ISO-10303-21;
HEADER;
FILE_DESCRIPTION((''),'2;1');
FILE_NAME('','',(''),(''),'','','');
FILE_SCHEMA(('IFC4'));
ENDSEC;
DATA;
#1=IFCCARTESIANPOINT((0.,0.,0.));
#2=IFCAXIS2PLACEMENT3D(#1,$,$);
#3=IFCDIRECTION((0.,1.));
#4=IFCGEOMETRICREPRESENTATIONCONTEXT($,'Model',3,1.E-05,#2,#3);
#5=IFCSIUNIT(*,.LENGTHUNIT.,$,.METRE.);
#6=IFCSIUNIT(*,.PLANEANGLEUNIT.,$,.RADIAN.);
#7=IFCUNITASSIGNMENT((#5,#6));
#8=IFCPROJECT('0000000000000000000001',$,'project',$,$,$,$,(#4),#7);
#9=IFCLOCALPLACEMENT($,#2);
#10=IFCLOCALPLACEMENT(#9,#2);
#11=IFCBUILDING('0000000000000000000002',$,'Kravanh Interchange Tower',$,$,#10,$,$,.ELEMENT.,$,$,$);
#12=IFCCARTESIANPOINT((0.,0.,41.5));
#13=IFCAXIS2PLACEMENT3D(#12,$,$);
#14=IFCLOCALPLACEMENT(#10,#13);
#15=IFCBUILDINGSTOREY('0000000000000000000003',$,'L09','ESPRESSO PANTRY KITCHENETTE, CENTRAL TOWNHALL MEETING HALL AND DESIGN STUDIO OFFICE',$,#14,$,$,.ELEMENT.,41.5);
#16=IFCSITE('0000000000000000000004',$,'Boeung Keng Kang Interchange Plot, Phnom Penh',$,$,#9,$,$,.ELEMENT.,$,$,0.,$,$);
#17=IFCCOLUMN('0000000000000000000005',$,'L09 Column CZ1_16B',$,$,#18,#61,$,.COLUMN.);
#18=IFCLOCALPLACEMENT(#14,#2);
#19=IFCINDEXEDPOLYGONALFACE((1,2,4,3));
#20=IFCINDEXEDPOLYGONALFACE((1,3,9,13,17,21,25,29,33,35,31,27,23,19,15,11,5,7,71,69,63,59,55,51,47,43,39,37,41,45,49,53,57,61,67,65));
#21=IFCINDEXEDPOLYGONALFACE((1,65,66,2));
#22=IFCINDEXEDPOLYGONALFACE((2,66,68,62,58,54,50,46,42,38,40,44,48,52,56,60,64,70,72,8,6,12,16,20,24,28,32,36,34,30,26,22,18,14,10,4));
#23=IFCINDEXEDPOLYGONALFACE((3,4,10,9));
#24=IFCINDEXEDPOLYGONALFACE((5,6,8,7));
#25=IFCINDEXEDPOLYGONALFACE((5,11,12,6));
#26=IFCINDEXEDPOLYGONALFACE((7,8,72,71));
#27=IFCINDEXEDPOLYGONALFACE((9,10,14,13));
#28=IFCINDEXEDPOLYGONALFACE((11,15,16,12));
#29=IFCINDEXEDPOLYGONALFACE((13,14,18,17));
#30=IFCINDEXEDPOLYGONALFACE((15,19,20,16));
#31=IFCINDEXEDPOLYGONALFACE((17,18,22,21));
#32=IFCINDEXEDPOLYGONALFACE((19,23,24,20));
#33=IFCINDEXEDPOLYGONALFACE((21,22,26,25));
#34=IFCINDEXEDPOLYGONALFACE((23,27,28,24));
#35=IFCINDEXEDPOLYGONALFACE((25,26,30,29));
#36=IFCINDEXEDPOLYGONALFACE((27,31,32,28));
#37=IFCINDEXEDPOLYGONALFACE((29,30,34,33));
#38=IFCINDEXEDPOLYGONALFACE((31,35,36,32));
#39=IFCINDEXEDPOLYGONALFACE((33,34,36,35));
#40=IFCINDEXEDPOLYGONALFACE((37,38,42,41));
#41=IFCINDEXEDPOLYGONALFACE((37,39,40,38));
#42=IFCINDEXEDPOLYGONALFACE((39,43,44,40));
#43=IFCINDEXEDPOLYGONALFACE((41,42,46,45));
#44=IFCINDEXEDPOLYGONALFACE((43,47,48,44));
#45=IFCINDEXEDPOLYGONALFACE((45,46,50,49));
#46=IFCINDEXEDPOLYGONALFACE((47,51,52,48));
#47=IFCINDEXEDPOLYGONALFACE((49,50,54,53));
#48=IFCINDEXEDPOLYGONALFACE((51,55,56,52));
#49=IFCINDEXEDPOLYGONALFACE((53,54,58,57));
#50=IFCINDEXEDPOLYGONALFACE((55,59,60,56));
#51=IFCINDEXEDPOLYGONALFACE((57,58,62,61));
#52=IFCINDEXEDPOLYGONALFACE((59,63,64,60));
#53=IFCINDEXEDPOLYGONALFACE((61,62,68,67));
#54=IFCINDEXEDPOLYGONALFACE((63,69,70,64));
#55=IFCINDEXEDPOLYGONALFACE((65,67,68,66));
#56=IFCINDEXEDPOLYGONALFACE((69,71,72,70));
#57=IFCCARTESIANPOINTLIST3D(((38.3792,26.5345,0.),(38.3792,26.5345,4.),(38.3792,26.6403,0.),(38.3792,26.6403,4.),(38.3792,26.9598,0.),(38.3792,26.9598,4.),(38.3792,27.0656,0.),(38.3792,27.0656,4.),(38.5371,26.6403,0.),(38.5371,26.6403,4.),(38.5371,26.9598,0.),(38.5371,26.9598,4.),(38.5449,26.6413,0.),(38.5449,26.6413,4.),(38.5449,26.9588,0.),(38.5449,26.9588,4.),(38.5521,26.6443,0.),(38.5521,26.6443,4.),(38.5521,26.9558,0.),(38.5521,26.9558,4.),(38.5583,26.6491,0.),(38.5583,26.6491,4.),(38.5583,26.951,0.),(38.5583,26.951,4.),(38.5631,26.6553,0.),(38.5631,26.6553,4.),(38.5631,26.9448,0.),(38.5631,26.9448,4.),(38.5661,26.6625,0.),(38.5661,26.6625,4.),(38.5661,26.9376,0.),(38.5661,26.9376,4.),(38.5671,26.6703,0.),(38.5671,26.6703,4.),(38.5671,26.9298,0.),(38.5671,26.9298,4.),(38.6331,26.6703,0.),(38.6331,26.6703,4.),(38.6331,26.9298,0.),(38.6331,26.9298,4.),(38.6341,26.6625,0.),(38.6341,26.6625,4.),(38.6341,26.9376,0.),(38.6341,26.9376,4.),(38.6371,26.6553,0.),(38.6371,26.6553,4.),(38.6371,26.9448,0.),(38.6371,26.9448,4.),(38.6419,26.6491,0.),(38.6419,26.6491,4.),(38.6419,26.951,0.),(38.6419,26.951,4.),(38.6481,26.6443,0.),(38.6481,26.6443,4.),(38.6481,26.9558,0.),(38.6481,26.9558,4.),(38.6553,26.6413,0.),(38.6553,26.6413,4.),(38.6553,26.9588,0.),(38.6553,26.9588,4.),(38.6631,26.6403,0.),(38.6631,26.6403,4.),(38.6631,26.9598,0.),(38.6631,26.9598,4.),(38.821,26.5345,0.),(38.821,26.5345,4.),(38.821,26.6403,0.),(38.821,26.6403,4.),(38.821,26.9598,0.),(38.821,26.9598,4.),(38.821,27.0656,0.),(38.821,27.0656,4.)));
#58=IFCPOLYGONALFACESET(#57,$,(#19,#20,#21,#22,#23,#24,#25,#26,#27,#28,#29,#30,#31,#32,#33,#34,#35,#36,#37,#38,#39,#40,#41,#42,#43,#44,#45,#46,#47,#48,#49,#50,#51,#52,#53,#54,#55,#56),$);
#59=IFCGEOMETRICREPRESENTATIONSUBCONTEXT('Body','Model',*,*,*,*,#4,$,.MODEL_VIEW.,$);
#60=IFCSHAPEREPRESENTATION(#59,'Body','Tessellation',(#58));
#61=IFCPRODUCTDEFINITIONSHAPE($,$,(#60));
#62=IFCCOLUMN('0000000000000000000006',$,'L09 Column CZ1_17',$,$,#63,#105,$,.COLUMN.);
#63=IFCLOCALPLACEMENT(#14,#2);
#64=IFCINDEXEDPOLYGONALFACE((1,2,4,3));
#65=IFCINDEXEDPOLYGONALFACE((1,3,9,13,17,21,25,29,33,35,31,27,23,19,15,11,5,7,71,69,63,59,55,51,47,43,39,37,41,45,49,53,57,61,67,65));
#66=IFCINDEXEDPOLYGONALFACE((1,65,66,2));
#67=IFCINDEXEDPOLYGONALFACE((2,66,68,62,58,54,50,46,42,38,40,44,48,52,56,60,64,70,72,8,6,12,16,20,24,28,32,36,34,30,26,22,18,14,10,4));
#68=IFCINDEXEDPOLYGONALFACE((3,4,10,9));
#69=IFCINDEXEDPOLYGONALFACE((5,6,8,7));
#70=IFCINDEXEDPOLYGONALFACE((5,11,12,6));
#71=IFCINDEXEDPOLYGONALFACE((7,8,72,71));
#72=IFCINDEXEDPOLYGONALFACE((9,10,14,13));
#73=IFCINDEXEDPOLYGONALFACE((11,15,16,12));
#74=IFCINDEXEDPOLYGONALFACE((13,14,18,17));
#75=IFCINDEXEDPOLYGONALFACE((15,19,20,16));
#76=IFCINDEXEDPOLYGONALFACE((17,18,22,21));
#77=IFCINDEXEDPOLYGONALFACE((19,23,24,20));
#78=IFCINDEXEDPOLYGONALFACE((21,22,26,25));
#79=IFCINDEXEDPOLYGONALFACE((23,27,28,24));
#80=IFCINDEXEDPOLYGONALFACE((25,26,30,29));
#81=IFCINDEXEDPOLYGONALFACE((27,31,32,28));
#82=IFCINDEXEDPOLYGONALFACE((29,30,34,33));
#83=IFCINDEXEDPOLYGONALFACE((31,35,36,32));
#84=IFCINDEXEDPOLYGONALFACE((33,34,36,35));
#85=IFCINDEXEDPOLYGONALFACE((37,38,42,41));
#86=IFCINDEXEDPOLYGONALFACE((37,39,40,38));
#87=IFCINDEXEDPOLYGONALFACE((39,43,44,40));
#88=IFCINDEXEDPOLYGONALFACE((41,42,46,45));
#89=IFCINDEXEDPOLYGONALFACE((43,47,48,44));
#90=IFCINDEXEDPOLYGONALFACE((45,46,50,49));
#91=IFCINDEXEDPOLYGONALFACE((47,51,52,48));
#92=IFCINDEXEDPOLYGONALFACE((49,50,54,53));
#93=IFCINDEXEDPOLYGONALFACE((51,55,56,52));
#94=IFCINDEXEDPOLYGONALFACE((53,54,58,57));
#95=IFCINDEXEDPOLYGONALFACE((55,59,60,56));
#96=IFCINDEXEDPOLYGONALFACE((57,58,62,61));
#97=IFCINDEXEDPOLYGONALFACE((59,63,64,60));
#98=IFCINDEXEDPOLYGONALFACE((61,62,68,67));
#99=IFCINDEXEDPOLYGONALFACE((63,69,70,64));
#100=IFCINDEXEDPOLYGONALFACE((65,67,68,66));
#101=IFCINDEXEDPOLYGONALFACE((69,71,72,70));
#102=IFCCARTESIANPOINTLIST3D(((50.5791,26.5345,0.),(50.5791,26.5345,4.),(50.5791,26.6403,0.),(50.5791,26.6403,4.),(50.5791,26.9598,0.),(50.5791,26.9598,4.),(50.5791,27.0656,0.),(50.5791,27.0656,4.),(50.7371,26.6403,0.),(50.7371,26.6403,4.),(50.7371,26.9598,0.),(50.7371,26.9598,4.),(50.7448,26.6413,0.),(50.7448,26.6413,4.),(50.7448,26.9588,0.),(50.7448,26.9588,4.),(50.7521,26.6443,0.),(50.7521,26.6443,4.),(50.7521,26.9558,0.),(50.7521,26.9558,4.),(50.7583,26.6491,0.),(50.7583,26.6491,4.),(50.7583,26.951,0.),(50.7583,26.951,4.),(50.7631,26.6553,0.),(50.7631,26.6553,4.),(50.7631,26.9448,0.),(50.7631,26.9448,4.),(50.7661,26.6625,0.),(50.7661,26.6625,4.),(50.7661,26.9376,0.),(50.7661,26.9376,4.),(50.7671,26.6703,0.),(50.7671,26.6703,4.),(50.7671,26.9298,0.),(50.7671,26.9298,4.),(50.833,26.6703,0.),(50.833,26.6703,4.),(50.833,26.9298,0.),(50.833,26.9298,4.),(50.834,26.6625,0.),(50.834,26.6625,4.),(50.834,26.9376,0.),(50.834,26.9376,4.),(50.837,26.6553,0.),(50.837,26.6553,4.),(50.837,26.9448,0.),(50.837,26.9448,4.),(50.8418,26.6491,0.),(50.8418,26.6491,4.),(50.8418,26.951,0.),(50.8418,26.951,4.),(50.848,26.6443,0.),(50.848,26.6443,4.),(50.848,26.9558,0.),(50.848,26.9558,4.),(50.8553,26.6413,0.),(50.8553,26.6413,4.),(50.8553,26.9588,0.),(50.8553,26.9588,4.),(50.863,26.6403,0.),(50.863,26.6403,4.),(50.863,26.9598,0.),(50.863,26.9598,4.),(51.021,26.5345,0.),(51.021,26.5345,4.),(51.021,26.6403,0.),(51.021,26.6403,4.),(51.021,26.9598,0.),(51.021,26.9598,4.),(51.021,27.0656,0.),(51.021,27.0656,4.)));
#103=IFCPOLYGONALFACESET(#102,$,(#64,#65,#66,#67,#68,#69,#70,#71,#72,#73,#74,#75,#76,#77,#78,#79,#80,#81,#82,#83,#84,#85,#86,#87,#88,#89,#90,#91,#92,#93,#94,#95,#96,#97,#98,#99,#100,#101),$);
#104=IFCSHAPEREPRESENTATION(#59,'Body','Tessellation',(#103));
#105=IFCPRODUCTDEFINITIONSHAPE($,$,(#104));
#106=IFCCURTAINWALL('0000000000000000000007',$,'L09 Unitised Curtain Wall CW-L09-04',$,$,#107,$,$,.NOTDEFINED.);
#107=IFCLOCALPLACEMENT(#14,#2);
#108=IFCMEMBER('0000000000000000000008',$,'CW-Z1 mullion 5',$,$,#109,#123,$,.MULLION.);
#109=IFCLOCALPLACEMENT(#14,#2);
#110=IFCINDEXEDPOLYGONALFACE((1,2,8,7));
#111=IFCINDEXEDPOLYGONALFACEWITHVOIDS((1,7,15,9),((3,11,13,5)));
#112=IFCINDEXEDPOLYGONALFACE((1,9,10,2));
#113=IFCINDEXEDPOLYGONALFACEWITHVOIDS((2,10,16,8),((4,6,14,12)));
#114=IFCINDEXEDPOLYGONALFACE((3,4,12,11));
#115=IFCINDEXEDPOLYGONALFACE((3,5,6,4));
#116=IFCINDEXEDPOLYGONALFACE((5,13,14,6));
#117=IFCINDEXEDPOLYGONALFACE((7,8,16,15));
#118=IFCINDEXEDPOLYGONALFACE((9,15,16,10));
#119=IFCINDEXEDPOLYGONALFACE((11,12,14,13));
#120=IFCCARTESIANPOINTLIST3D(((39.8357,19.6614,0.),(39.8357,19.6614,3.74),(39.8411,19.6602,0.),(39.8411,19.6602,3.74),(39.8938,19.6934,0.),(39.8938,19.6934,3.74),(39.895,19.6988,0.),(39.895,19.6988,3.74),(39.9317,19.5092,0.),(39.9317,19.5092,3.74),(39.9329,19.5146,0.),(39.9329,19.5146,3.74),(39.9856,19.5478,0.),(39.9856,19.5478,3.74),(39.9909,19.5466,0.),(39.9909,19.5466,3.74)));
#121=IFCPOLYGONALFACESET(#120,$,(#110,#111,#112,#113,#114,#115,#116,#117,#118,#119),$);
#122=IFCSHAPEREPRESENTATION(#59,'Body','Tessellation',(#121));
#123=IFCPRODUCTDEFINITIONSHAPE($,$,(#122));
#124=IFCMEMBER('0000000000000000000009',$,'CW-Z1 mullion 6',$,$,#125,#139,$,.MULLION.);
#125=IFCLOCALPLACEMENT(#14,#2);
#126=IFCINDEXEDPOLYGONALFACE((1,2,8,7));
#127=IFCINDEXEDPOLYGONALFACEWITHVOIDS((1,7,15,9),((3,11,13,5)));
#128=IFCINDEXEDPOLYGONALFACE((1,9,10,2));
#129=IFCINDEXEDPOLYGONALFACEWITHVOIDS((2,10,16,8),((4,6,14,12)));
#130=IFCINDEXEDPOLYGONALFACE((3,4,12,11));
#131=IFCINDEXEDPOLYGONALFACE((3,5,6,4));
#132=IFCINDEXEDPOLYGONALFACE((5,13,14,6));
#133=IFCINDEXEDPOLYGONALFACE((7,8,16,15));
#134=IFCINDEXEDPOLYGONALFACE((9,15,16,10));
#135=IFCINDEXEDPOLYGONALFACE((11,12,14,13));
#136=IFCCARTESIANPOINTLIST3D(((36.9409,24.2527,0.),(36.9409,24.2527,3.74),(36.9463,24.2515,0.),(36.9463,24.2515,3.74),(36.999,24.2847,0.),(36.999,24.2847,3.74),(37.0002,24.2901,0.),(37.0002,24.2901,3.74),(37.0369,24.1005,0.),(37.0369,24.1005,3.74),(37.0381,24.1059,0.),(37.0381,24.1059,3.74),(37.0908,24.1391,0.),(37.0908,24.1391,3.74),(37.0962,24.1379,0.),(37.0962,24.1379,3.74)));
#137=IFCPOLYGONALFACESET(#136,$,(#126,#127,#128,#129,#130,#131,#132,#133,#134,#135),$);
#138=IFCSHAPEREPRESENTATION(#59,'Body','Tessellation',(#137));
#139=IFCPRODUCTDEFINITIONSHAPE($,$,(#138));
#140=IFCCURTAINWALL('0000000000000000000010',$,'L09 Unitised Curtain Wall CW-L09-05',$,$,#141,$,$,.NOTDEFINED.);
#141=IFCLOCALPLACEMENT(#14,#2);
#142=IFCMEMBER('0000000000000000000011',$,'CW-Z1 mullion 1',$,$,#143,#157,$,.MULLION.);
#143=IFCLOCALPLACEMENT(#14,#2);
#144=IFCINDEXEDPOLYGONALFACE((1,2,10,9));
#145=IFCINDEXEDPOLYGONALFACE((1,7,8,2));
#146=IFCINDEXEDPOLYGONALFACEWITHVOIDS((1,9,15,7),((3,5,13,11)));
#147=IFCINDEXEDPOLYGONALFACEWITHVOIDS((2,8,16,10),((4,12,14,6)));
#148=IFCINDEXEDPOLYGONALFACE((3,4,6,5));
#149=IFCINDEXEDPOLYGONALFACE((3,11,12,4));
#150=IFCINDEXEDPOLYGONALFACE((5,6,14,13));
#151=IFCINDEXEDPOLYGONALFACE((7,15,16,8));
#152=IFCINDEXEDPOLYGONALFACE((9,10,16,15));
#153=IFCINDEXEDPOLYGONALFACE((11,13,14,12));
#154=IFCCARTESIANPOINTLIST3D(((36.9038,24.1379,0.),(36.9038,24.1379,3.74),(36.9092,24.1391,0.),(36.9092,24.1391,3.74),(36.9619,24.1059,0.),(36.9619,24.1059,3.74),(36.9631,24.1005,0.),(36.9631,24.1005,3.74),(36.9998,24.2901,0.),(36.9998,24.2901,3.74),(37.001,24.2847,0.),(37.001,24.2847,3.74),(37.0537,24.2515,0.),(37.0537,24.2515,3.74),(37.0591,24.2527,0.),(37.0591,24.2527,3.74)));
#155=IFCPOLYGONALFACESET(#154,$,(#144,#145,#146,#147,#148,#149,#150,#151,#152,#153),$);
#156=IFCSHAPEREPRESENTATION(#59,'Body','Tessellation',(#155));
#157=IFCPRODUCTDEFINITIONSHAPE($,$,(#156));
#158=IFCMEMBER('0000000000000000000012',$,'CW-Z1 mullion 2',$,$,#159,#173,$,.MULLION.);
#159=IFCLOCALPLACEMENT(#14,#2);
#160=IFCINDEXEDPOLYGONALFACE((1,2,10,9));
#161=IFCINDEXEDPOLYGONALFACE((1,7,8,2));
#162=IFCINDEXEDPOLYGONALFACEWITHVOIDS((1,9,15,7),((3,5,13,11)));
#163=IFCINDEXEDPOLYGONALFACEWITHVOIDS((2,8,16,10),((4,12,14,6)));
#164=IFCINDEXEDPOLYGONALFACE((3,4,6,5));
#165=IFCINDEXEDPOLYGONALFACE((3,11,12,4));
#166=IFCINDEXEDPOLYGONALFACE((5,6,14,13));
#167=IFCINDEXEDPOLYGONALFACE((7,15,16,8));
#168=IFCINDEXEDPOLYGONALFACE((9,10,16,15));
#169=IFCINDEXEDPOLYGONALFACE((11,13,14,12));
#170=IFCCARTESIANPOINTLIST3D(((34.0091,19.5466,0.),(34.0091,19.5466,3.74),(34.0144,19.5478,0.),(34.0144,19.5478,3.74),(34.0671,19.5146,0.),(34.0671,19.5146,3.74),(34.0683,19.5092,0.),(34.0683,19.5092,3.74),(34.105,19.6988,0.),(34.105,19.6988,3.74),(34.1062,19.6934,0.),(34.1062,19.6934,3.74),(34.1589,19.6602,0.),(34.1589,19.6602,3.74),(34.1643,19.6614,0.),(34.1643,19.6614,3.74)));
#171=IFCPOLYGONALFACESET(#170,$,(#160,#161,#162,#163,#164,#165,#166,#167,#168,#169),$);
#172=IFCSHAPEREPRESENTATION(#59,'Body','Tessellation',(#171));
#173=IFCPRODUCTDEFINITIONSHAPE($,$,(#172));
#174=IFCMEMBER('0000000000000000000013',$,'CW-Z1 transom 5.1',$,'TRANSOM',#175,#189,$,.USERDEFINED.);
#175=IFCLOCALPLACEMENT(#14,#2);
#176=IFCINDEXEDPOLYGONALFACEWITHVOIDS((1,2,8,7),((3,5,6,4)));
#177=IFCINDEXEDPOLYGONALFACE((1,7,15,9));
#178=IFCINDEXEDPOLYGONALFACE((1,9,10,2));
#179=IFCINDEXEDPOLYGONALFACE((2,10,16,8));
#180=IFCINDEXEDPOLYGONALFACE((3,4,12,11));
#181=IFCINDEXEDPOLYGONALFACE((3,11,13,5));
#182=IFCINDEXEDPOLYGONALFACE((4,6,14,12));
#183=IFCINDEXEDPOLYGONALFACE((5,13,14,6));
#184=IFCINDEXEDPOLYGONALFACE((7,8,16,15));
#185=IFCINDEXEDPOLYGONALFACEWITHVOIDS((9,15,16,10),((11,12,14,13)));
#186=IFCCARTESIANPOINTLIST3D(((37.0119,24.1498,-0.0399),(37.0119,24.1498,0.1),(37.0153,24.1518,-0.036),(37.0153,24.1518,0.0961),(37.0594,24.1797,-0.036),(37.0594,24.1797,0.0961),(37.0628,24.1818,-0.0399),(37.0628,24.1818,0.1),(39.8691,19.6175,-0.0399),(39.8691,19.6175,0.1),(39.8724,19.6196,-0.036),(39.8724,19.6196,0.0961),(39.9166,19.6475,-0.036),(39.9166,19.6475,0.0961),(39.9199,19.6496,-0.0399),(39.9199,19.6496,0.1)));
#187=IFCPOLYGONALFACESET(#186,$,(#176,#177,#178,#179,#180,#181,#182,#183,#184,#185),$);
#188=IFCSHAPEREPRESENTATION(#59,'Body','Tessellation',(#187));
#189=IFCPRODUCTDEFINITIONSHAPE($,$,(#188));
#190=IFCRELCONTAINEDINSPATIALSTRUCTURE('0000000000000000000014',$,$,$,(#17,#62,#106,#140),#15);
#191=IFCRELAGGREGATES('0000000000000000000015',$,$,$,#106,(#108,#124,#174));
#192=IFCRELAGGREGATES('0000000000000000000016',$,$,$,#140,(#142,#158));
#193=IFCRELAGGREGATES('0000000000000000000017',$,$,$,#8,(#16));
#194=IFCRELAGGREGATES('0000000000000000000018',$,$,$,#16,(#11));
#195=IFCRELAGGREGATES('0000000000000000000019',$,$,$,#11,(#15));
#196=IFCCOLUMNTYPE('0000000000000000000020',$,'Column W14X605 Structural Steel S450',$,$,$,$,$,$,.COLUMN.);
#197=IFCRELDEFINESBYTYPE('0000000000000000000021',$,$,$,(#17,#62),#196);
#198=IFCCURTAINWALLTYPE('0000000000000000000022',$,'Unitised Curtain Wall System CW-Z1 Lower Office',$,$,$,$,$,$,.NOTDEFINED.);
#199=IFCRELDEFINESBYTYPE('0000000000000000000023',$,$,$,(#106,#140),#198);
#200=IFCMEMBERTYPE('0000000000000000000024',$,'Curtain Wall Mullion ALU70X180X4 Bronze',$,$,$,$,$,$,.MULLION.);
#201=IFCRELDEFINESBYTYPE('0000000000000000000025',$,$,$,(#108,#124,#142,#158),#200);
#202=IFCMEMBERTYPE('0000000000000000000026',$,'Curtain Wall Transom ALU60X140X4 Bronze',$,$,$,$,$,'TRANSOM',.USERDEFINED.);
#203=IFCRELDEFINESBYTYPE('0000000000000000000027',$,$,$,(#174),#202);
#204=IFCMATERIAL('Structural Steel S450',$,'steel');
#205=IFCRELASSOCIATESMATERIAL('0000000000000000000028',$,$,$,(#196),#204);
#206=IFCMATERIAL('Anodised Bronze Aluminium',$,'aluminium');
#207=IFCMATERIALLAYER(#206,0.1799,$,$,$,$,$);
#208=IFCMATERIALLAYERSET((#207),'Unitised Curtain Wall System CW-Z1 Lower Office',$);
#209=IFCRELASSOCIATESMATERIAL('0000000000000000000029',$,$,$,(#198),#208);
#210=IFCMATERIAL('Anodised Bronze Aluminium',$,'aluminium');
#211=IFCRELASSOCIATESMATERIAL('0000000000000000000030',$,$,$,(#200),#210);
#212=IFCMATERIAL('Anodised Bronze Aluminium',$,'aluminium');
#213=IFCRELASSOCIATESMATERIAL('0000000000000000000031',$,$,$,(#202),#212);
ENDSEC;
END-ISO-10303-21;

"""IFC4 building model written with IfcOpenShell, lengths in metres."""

from ifc_helpers import new_model, si_unit, direction, frame, origin, origin_2d, place, context, subcontext, project, spatial, hollow_rectangle, i_section, extrude, material, layer, layer_set, material_profile, profile_set, type_object, element, aggregate, save


model = new_model("IFC4")

# Units and contexts
model_context = context("Model", 3, precision=1e-05, world=origin(), true_north=direction((0.0, 1.0)))
body_context = subcontext(model_context, "Body", "Model", "MODEL_VIEW")
ifc_project = project(units=[si_unit("LENGTHUNIT", "METRE"), si_unit("PLANEANGLEUNIT", "RADIAN")], contexts=[model_context])

# Site, building, storey
site_placement = place(None, origin())
site = spatial("IfcSite", under=ifc_project, at=site_placement, Name="Boeung Keng Kang Interchange Plot, Phnom Penh", CompositionType="ELEMENT", RefElevation=0.0)
building_placement = place(site_placement, origin())
building = spatial("IfcBuilding", under=site, at=building_placement, Name="Kravanh Interchange Tower", CompositionType="ELEMENT")
storey_placement = place(building_placement, frame((0.0, 0.0, 41.5)))
storey = spatial("IfcBuildingStorey", under=building, at=storey_placement, Name="L09", Description="ESPRESSO PANTRY KITCHENETTE, CENTRAL TOWNHALL MEETING HALL AND DESIGN STUDIO OFFICE", CompositionType="ELEMENT", Elevation=41.5)

# Columns
ifc_material_1 = material(Name="Structural Steel S450", Category="steel")
ifc_material_profile_1 = material_profile(ifc_material_1, i_section(OverallWidth=0.4419, OverallDepth=0.531, WebThickness=0.0659, FlangeThickness=0.1057, FilletRadius=0.03, at=origin_2d()), Name="W14X605")
ifc_profile_set_1 = profile_set([ifc_material_profile_1], Name="Structural Steel S450")
column_type = type_object("IfcColumnType", Name="Column W14X605 Structural Steel S450", PredefinedType="COLUMN", material=ifc_profile_set_1)
for number, where, z_axis, x_axis, name in (
    (1, (38.6001, 26.8, 0.0), (0.0, 0.0, 1.0), (1.0, 0.0, 0.0), "L09 Column CZ1_16B"),
    (2, (50.8, 26.8, 0.0), (0.0, 0.0, 1.0), (1.0, 0.0, 0.0), "L09 Column CZ1_17"),
):
    element("IfcColumn", number, at=place(storey_placement, frame(where, z_axis=z_axis, x_axis=x_axis)), inside=storey, type_object=column_type, Name=name, PredefinedType="COLUMN", context=body_context, shape_type="SweptSolid", body=[
        extrude(i_section(OverallWidth=0.4419, OverallDepth=0.531, WebThickness=0.0659, FlangeThickness=0.1057, FilletRadius=0.03, at=origin_2d()), origin(), (0.0, 0.0, 1.0), 4.0),
    ])

# Curtain walls, members
ifc_material_2 = material(Name="Anodised Bronze Aluminium", Category="aluminium")
ifc_layer_1 = layer(ifc_material_2, 0.1799)
ifc_layer_set_1 = layer_set([ifc_layer_1], Name="Unitised Curtain Wall System CW-Z1 Lower Office")
curtain_wall_type = type_object("IfcCurtainWallType", Name="Unitised Curtain Wall System CW-Z1 Lower Office", PredefinedType="NOTDEFINED", material=ifc_layer_set_1)
curtain_wall_1_placement = place(storey_placement, origin())
curtain_wall_1 = element("IfcCurtainWall", 3, at=curtain_wall_1_placement, inside=storey, type_object=curtain_wall_type, Name="L09 Unitised Curtain Wall CW-L09-04", PredefinedType="NOTDEFINED")
ifc_material_3 = material(Name="Anodised Bronze Aluminium", Category="aluminium")
ifc_material_profile_2 = material_profile(ifc_material_3, hollow_rectangle(XDim=0.0701, YDim=0.1799, WallThickness=0.0039, at=origin_2d()), Name="ALU70X180X4")
ifc_profile_set_2 = profile_set([ifc_material_profile_2], Name="Anodised Bronze Aluminium")
member_type_1 = type_object("IfcMemberType", Name="Curtain Wall Mullion ALU70X180X4 Bronze", PredefinedType="MULLION", material=ifc_profile_set_2)
member_1_placement = place(storey_placement, frame((39.9133, 19.604, 0.0), z_axis=(0.0, 0.0, 1.0), x_axis=(-0.845926, -0.533301, 0.0)))
member_1 = element("IfcMember", 4, at=member_1_placement, type_object=member_type_1, Name="CW-Z1 mullion 5", PredefinedType="MULLION", context=body_context, shape_type="SweptSolid", body=[
    extrude(hollow_rectangle(XDim=0.0701, YDim=0.1799, WallThickness=0.0039, at=origin_2d()), origin(), (0.0, 0.0, 1.0), 3.74),
])
member_2_placement = place(storey_placement, frame((37.0186, 24.1953, 0.0), z_axis=(0.0, 0.0, 1.0), x_axis=(-0.845926, -0.533301, 0.0)))
member_2 = element("IfcMember", 5, at=member_2_placement, type_object=member_type_1, Name="CW-Z1 mullion 6", PredefinedType="MULLION", context=body_context, shape_type="SweptSolid", body=[
    extrude(hollow_rectangle(XDim=0.0701, YDim=0.1799, WallThickness=0.0039, at=origin_2d()), origin(), (0.0, 0.0, 1.0), 3.74),
])
curtain_wall_2_placement = place(storey_placement, origin())
curtain_wall_2 = element("IfcCurtainWall", 6, at=curtain_wall_2_placement, inside=storey, type_object=curtain_wall_type, Name="L09 Unitised Curtain Wall CW-L09-05", PredefinedType="NOTDEFINED")
member_3_placement = place(storey_placement, frame((36.9814, 24.1953, 0.0), z_axis=(0.0, 0.0, 1.0), x_axis=(0.845926, -0.533301, 0.0)))
member_3 = element("IfcMember", 7, at=member_3_placement, type_object=member_type_1, Name="CW-Z1 mullion 1", PredefinedType="MULLION", context=body_context, shape_type="SweptSolid", body=[
    extrude(hollow_rectangle(XDim=0.0701, YDim=0.1799, WallThickness=0.0039, at=origin_2d()), origin(), (0.0, 0.0, 1.0), 3.74),
])
member_4_placement = place(storey_placement, frame((34.0867, 19.604, 0.0), z_axis=(0.0, 0.0, 1.0), x_axis=(0.845926, -0.533301, 0.0)))
member_4 = element("IfcMember", 8, at=member_4_placement, type_object=member_type_1, Name="CW-Z1 mullion 2", PredefinedType="MULLION", context=body_context, shape_type="SweptSolid", body=[
    extrude(hollow_rectangle(XDim=0.0701, YDim=0.1799, WallThickness=0.0039, at=origin_2d()), origin(), (0.0, 0.0, 1.0), 3.74),
])

# Member
ifc_material_4 = material(Name="Anodised Bronze Aluminium", Category="aluminium")
ifc_material_profile_3 = material_profile(ifc_material_4, hollow_rectangle(XDim=0.0601, YDim=0.1399, WallThickness=0.0039, at=origin_2d()), Name="ALU60X140X4")
ifc_profile_set_3 = profile_set([ifc_material_profile_3], Name="Anodised Bronze Aluminium")
member_type_2 = type_object("IfcMemberType", Name="Curtain Wall Transom ALU60X140X4 Bronze", ElementType="TRANSOM", PredefinedType="USERDEFINED", material=ifc_profile_set_3)
member_5_placement = place(storey_placement, frame((39.8945, 19.6335, 0.03), z_axis=(-0.533288, 0.845934, 0.0), x_axis=(-0.845934, -0.533288, 0.0)))
member_5 = element("IfcMember", 9, at=member_5_placement, type_object=member_type_2, Name="CW-Z1 transom 5.1", ObjectType="TRANSOM", PredefinedType="USERDEFINED", context=body_context, shape_type="SweptSolid", body=[
    extrude(hollow_rectangle(XDim=0.0601, YDim=0.1399, WallThickness=0.0039, at=origin_2d()), origin(), (0.0, 0.0, 1.0), 5.3577),
])

aggregate(curtain_wall_1, [member_1, member_2, member_5])
aggregate(curtain_wall_2, [member_3, member_4])

save(model, "model.ifc")
